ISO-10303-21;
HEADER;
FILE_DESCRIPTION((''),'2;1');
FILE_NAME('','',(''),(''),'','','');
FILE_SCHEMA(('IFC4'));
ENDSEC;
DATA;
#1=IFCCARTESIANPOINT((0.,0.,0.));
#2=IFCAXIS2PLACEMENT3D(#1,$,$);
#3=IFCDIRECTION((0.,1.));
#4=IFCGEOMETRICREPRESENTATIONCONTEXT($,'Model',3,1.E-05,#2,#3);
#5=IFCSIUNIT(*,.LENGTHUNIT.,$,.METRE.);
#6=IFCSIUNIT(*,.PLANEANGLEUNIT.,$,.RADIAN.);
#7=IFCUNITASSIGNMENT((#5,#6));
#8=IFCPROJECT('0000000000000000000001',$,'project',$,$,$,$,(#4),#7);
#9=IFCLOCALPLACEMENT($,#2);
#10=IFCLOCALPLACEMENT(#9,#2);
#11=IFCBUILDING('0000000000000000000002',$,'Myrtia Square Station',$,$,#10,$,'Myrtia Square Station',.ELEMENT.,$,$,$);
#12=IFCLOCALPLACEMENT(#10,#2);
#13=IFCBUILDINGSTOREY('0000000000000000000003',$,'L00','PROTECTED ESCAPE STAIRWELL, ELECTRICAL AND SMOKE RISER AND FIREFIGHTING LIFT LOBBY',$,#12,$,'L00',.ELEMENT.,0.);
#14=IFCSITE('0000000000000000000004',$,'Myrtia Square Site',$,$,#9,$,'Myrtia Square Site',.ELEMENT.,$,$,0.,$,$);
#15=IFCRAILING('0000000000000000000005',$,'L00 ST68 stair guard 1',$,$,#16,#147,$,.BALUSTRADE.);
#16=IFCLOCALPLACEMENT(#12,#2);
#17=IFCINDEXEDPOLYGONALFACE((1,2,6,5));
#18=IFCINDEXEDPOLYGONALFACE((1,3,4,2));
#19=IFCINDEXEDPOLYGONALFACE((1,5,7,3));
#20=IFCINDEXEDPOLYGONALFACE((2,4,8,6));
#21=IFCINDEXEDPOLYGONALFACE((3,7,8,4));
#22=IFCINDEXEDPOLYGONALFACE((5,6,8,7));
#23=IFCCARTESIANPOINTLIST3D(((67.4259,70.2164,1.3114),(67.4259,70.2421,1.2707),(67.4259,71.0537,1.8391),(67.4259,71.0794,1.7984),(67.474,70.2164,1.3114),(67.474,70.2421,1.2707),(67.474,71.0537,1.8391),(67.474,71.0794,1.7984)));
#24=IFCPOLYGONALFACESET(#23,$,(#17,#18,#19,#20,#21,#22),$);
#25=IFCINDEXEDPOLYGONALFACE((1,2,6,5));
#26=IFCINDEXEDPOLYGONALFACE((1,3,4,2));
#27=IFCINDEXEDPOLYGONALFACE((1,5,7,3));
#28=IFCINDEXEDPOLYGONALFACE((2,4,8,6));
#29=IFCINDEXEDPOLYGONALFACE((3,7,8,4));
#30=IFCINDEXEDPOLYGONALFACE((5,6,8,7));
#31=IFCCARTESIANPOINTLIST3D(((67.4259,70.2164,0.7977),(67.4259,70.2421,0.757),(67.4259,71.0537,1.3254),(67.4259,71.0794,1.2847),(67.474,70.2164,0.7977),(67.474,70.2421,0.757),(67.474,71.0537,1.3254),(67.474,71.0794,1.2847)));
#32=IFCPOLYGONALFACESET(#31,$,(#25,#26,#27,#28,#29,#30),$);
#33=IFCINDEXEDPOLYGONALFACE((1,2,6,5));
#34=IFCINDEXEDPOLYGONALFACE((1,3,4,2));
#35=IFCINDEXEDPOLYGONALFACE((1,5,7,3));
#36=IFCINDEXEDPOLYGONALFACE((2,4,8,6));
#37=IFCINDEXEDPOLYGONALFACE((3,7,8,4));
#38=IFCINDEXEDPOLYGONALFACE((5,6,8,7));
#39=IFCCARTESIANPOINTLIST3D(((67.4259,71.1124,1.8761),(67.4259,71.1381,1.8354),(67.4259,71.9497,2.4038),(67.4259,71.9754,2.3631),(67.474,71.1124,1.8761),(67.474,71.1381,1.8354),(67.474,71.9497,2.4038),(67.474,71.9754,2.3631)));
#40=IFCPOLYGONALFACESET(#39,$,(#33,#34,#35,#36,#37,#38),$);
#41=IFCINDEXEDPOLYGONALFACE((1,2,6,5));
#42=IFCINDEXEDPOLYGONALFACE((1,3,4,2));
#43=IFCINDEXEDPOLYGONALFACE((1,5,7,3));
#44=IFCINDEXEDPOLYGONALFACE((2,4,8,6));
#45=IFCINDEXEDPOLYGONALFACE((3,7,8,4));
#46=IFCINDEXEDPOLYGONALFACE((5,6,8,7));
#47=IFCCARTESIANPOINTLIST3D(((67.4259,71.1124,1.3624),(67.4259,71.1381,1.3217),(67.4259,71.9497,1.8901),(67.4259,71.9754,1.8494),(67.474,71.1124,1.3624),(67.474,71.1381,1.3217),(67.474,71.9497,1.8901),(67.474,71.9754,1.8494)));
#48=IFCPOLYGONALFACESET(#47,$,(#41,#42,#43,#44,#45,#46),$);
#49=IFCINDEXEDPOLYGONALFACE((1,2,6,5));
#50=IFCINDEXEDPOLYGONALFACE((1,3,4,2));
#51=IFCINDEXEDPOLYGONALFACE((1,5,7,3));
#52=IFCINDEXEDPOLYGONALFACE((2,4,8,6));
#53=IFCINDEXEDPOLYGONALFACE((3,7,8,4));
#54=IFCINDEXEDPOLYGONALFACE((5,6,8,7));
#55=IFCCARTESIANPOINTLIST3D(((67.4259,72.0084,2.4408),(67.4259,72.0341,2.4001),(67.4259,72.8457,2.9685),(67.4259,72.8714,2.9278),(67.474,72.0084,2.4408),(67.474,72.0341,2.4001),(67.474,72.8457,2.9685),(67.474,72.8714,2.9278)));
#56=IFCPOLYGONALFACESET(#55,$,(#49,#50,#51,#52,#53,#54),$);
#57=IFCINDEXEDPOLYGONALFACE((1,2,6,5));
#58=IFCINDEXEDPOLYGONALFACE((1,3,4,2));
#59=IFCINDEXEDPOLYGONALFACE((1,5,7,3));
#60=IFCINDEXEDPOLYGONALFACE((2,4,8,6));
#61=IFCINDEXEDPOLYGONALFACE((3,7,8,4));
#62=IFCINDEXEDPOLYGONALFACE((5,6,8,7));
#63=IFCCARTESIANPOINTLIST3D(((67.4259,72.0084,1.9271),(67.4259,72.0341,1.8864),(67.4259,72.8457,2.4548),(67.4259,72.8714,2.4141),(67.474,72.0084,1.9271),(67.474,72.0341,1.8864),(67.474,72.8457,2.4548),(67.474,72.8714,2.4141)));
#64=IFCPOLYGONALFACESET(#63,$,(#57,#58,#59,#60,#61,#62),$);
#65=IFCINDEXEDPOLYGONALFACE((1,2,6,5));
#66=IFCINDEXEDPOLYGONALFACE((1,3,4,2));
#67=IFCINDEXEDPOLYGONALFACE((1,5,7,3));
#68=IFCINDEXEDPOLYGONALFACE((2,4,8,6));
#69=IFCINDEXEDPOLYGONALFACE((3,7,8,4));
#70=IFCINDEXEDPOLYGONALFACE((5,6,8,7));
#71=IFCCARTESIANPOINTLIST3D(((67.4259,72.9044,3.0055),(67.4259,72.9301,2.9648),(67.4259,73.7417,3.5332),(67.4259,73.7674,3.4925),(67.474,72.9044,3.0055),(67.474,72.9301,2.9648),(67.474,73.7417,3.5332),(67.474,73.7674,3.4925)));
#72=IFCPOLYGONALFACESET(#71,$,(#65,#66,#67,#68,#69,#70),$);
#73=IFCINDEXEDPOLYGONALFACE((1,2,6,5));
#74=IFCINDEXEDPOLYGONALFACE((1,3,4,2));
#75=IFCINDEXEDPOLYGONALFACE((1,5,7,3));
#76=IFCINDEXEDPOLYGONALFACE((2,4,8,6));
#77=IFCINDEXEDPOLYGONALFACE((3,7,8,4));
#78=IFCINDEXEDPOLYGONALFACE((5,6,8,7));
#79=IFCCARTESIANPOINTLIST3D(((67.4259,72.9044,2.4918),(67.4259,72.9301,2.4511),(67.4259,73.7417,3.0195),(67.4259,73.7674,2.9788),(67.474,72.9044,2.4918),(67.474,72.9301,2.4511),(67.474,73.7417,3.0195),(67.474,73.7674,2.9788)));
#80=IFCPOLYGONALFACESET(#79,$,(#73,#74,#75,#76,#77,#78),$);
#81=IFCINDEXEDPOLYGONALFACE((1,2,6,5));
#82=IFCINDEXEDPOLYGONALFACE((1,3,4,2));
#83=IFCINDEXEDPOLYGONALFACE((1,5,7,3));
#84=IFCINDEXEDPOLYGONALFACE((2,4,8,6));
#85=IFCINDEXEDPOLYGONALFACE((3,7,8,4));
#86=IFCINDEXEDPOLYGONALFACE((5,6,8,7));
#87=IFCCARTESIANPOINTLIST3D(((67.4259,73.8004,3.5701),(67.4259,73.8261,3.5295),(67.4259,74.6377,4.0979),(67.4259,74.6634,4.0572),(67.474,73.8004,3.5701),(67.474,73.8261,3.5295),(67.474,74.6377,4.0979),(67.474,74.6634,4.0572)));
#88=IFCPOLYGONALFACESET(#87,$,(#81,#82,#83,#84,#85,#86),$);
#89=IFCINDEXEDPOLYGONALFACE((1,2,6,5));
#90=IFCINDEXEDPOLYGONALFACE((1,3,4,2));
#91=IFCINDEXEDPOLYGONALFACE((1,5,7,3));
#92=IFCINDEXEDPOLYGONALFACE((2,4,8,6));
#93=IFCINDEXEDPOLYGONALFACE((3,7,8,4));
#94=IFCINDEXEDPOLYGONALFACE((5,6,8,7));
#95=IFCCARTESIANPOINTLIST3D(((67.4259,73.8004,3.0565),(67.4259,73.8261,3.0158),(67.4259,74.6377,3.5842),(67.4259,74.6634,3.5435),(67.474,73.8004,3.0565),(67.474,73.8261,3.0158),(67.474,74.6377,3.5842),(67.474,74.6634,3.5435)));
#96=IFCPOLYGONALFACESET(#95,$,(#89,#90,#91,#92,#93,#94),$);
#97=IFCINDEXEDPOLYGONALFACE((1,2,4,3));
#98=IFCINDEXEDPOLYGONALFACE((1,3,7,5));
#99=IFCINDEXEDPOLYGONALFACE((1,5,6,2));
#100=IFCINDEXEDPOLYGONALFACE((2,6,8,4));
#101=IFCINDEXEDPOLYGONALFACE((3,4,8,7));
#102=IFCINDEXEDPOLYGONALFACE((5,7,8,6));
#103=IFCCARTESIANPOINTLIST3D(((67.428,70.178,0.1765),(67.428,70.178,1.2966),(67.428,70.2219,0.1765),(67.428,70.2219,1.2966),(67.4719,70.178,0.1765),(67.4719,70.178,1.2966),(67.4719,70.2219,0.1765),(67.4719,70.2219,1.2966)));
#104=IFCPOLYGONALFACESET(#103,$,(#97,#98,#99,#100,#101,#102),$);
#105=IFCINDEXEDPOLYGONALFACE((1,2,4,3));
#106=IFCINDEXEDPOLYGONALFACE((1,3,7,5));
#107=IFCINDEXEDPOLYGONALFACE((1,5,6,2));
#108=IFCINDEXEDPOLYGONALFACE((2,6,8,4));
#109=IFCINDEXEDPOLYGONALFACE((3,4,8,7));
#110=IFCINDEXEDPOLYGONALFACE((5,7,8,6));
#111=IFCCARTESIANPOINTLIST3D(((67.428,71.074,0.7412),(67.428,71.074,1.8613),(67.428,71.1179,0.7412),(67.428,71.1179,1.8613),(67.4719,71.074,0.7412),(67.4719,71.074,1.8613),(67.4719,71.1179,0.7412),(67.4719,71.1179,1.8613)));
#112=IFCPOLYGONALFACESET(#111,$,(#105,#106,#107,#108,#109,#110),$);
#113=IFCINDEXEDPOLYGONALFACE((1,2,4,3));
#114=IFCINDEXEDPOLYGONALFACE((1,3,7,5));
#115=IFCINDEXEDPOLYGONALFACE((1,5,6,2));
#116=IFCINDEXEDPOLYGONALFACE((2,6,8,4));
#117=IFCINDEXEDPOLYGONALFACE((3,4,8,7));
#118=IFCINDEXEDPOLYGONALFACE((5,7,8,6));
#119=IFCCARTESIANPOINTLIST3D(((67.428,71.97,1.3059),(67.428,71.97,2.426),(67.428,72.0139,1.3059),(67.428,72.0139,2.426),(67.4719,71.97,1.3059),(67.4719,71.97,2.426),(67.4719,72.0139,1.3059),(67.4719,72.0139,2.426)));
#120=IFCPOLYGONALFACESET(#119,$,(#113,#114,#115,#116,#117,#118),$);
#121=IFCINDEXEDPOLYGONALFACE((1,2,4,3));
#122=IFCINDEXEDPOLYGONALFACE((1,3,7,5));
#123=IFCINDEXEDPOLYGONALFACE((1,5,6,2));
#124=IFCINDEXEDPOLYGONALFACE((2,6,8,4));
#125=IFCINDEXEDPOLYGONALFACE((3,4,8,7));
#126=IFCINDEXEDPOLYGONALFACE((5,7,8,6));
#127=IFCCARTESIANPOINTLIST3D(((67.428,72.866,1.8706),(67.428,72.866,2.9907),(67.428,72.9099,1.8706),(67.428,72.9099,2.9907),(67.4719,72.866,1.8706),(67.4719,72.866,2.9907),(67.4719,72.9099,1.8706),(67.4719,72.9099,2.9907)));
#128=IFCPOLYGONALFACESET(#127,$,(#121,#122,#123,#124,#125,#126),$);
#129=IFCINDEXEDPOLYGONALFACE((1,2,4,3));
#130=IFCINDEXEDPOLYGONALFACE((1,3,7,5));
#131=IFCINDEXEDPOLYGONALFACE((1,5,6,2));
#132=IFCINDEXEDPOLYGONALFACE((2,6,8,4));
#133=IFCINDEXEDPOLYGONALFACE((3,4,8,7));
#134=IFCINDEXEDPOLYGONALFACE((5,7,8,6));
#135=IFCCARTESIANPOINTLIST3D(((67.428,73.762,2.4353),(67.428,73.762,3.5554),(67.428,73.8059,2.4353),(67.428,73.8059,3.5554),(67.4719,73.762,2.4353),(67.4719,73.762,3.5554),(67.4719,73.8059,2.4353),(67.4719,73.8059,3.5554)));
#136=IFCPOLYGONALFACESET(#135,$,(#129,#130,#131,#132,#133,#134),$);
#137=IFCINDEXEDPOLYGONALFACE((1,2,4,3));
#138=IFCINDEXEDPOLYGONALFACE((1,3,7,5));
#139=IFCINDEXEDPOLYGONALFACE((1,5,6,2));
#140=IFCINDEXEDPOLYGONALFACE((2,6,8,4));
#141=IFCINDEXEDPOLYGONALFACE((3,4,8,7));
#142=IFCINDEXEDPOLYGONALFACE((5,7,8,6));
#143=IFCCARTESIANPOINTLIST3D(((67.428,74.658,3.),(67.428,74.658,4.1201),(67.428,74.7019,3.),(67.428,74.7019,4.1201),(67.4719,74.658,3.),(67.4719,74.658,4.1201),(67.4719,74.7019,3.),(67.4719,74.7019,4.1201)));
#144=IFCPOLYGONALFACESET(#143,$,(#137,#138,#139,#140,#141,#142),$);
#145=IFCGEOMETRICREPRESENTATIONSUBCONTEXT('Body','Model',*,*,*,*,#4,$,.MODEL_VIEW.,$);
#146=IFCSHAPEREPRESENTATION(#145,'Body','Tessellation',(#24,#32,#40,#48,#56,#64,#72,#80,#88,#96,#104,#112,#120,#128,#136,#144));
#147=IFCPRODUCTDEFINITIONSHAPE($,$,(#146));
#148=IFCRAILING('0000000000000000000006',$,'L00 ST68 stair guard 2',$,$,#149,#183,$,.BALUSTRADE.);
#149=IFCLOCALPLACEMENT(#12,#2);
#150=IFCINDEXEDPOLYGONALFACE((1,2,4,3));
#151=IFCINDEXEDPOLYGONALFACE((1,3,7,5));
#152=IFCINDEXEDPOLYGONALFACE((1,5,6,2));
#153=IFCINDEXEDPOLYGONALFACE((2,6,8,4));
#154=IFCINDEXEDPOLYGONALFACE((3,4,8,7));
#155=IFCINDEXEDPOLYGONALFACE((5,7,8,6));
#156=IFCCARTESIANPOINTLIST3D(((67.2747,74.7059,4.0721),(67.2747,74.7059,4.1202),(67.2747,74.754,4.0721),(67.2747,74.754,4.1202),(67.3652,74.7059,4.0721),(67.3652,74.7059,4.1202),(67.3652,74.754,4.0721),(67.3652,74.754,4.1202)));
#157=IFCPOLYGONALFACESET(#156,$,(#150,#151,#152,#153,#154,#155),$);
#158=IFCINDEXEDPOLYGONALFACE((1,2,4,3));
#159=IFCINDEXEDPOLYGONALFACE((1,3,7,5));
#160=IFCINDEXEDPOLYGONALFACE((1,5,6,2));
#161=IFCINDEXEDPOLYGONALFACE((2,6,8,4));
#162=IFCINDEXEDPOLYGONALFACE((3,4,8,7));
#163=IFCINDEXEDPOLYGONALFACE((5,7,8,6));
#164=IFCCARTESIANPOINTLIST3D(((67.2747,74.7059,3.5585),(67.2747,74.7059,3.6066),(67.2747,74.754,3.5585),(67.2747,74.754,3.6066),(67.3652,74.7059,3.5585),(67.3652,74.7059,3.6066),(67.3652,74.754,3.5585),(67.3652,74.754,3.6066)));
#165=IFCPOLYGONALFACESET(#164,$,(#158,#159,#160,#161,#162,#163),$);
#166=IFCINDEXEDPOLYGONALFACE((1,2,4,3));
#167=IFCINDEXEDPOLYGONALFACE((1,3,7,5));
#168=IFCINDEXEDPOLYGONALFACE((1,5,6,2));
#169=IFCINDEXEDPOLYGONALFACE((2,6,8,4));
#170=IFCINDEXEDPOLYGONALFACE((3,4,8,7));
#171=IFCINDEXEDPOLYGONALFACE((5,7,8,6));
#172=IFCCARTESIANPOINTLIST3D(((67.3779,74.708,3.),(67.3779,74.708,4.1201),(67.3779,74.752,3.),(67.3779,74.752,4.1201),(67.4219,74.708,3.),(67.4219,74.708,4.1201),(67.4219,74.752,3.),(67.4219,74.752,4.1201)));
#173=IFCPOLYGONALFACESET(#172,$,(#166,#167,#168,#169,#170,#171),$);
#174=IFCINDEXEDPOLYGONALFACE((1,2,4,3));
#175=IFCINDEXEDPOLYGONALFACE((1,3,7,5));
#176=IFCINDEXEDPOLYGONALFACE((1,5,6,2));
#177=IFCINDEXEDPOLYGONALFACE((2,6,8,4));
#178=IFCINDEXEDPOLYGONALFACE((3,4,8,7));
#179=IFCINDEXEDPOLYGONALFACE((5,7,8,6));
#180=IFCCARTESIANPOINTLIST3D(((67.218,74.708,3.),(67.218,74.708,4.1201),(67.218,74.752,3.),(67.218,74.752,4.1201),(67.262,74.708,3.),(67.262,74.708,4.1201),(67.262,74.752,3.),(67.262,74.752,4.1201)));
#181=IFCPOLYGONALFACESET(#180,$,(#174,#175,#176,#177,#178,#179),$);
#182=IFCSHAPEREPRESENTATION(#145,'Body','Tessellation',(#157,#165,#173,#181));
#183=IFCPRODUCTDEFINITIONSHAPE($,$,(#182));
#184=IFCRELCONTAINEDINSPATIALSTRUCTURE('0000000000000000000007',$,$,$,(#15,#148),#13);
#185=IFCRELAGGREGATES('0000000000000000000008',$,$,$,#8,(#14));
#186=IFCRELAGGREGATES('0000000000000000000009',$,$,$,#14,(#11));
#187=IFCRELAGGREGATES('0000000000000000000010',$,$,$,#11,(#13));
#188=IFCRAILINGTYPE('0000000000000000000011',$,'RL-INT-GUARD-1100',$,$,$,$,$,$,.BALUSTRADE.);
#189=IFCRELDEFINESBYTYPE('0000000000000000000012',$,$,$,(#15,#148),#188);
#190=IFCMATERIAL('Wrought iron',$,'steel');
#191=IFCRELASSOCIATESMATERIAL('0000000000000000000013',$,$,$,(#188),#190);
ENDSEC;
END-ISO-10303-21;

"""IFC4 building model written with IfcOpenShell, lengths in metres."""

from ifc_helpers import new_model, si_unit, direction, frame, origin, origin_2d, place, context, subcontext, project, spatial, rectangle, extrude, material, type_object, element, save


model = new_model("IFC4")

# Units and contexts
model_context = context("Model", 3, precision=1e-05, world=origin(), true_north=direction((0.0, 1.0)))
body_context = subcontext(model_context, "Body", "Model", "MODEL_VIEW")
ifc_project = project(units=[si_unit("LENGTHUNIT", "METRE"), si_unit("PLANEANGLEUNIT", "RADIAN")], contexts=[model_context])

# Site, building, storey
site_placement = place(None, origin())
site = spatial("IfcSite", under=ifc_project, at=site_placement, Name="Myrtia Square Site", LongName="Myrtia Square Site", CompositionType="ELEMENT", RefElevation=0.0)
building_placement = place(site_placement, origin())
building = spatial("IfcBuilding", under=site, at=building_placement, Name="Myrtia Square Station", LongName="Myrtia Square Station", CompositionType="ELEMENT")
storey_placement = place(building_placement, origin())
storey = spatial("IfcBuildingStorey", under=building, at=storey_placement, Name="L00", Description="PROTECTED ESCAPE STAIRWELL, ELECTRICAL AND SMOKE RISER AND FIREFIGHTING LIFT LOBBY", LongName="L00", CompositionType="ELEMENT", Elevation=0.0)

# Railings
ifc_material_1 = material(Name="Wrought iron", Category="steel")
railing_type_1 = type_object("IfcRailingType", Name="RL-INT-GUARD-1100", PredefinedType="BALUSTRADE", material=ifc_material_1)
railing_1_placement = place(storey_placement, frame((67.45, 70.2, 0.1765)))
element("IfcRailing", 1, at=railing_1_placement, inside=storey, type_object=railing_type_1, Name="L00 ST68 stair guard 1", PredefinedType="BALUSTRADE", context=body_context, shape_type="SweptSolid", body=[
    extrude(rectangle(XDim=0.0481, YDim=0.0481, at=origin_2d()), frame((0.0, 0.0293, 1.1145), z_axis=(0.0, 0.845998, 0.533186), x_axis=(-1.0, 0.0, 0.0)), (0.0, 0.0, 1.0), 0.9897),
    extrude(rectangle(XDim=0.0481, YDim=0.0481, at=origin_2d()), frame((0.0, 0.0293, 0.6008), z_axis=(0.0, 0.845998, 0.533186), x_axis=(-1.0, 0.0, 0.0)), (0.0, 0.0, 1.0), 0.9897),
    extrude(rectangle(XDim=0.0481, YDim=0.0481, at=origin_2d()), frame((0.0, 0.9253, 1.6792), z_axis=(0.0, 0.845998, 0.533186), x_axis=(-1.0, 0.0, 0.0)), (0.0, 0.0, 1.0), 0.9897),
    extrude(rectangle(XDim=0.0481, YDim=0.0481, at=origin_2d()), frame((0.0, 0.9253, 1.1655), z_axis=(0.0, 0.845998, 0.533186), x_axis=(-1.0, 0.0, 0.0)), (0.0, 0.0, 1.0), 0.9897),
    extrude(rectangle(XDim=0.0481, YDim=0.0481, at=origin_2d()), frame((0.0, 1.8213, 2.2439), z_axis=(0.0, 0.845998, 0.533186), x_axis=(-1.0, 0.0, 0.0)), (0.0, 0.0, 1.0), 0.9897),
    extrude(rectangle(XDim=0.0481, YDim=0.0481, at=origin_2d()), frame((0.0, 1.8213, 1.7302), z_axis=(0.0, 0.845998, 0.533186), x_axis=(-1.0, 0.0, 0.0)), (0.0, 0.0, 1.0), 0.9897),
    extrude(rectangle(XDim=0.0481, YDim=0.0481, at=origin_2d()), frame((0.0, 2.7173, 2.8086), z_axis=(0.0, 0.845998, 0.533186), x_axis=(-1.0, 0.0, 0.0)), (0.0, 0.0, 1.0), 0.9897),
    extrude(rectangle(XDim=0.0481, YDim=0.0481, at=origin_2d()), frame((0.0, 2.7173, 2.2949), z_axis=(0.0, 0.845998, 0.533186), x_axis=(-1.0, 0.0, 0.0)), (0.0, 0.0, 1.0), 0.9897),
    extrude(rectangle(XDim=0.0481, YDim=0.0481, at=origin_2d()), frame((0.0, 3.6133, 3.3733), z_axis=(0.0, 0.845998, 0.533186), x_axis=(-1.0, 0.0, 0.0)), (0.0, 0.0, 1.0), 0.9897),
    extrude(rectangle(XDim=0.0481, YDim=0.0481, at=origin_2d()), frame((0.0, 3.6133, 2.8596), z_axis=(0.0, 0.845998, 0.533186), x_axis=(-1.0, 0.0, 0.0)), (0.0, 0.0, 1.0), 0.9897),
    extrude(rectangle(XDim=0.0439, YDim=0.0439, at=origin_2d()), origin(), (0.0, 0.0, 1.0), 1.1201),
    extrude(rectangle(XDim=0.0439, YDim=0.0439, at=origin_2d()), frame((0.0, 0.896, 0.5647)), (0.0, 0.0, 1.0), 1.1201),
    extrude(rectangle(XDim=0.0439, YDim=0.0439, at=origin_2d()), frame((0.0, 1.792, 1.1294)), (0.0, 0.0, 1.0), 1.1201),
    extrude(rectangle(XDim=0.0439, YDim=0.0439, at=origin_2d()), frame((0.0, 2.688, 1.6941)), (0.0, 0.0, 1.0), 1.1201),
    extrude(rectangle(XDim=0.0439, YDim=0.0439, at=origin_2d()), frame((0.0, 3.584, 2.2588)), (0.0, 0.0, 1.0), 1.1201),
    extrude(rectangle(XDim=0.0439, YDim=0.0439, at=origin_2d()), frame((0.0, 4.48, 2.8235)), (0.0, 0.0, 1.0), 1.1201),
])
railing_2_placement = place(storey_placement, frame((67.3999, 74.73, 3.0)))
element("IfcRailing", 2, at=railing_2_placement, inside=storey, type_object=railing_type_1, Name="L00 ST68 stair guard 2", PredefinedType="BALUSTRADE", context=body_context, shape_type="SweptSolid", body=[
    extrude(rectangle(XDim=0.0481, YDim=0.0481, at=origin_2d()), frame((-0.0347, 0.0, 1.0962), z_axis=(-1.0, 0.0, 0.0), x_axis=(0.0, -1.0, 0.0)), (0.0, 0.0, 1.0), 0.0906),
    extrude(rectangle(XDim=0.0481, YDim=0.0481, at=origin_2d()), frame((-0.0347, 0.0, 0.5825), z_axis=(-1.0, 0.0, 0.0), x_axis=(0.0, -1.0, 0.0)), (0.0, 0.0, 1.0), 0.0906),
    extrude(rectangle(XDim=0.0439, YDim=0.0439, at=origin_2d()), origin(), (0.0, 0.0, 1.0), 1.1201),
    extrude(rectangle(XDim=0.0439, YDim=0.0439, at=origin_2d()), frame((-0.1599, 0.0, 0.0)), (0.0, 0.0, 1.0), 1.1201),
])

save(model, "model.ifc")
